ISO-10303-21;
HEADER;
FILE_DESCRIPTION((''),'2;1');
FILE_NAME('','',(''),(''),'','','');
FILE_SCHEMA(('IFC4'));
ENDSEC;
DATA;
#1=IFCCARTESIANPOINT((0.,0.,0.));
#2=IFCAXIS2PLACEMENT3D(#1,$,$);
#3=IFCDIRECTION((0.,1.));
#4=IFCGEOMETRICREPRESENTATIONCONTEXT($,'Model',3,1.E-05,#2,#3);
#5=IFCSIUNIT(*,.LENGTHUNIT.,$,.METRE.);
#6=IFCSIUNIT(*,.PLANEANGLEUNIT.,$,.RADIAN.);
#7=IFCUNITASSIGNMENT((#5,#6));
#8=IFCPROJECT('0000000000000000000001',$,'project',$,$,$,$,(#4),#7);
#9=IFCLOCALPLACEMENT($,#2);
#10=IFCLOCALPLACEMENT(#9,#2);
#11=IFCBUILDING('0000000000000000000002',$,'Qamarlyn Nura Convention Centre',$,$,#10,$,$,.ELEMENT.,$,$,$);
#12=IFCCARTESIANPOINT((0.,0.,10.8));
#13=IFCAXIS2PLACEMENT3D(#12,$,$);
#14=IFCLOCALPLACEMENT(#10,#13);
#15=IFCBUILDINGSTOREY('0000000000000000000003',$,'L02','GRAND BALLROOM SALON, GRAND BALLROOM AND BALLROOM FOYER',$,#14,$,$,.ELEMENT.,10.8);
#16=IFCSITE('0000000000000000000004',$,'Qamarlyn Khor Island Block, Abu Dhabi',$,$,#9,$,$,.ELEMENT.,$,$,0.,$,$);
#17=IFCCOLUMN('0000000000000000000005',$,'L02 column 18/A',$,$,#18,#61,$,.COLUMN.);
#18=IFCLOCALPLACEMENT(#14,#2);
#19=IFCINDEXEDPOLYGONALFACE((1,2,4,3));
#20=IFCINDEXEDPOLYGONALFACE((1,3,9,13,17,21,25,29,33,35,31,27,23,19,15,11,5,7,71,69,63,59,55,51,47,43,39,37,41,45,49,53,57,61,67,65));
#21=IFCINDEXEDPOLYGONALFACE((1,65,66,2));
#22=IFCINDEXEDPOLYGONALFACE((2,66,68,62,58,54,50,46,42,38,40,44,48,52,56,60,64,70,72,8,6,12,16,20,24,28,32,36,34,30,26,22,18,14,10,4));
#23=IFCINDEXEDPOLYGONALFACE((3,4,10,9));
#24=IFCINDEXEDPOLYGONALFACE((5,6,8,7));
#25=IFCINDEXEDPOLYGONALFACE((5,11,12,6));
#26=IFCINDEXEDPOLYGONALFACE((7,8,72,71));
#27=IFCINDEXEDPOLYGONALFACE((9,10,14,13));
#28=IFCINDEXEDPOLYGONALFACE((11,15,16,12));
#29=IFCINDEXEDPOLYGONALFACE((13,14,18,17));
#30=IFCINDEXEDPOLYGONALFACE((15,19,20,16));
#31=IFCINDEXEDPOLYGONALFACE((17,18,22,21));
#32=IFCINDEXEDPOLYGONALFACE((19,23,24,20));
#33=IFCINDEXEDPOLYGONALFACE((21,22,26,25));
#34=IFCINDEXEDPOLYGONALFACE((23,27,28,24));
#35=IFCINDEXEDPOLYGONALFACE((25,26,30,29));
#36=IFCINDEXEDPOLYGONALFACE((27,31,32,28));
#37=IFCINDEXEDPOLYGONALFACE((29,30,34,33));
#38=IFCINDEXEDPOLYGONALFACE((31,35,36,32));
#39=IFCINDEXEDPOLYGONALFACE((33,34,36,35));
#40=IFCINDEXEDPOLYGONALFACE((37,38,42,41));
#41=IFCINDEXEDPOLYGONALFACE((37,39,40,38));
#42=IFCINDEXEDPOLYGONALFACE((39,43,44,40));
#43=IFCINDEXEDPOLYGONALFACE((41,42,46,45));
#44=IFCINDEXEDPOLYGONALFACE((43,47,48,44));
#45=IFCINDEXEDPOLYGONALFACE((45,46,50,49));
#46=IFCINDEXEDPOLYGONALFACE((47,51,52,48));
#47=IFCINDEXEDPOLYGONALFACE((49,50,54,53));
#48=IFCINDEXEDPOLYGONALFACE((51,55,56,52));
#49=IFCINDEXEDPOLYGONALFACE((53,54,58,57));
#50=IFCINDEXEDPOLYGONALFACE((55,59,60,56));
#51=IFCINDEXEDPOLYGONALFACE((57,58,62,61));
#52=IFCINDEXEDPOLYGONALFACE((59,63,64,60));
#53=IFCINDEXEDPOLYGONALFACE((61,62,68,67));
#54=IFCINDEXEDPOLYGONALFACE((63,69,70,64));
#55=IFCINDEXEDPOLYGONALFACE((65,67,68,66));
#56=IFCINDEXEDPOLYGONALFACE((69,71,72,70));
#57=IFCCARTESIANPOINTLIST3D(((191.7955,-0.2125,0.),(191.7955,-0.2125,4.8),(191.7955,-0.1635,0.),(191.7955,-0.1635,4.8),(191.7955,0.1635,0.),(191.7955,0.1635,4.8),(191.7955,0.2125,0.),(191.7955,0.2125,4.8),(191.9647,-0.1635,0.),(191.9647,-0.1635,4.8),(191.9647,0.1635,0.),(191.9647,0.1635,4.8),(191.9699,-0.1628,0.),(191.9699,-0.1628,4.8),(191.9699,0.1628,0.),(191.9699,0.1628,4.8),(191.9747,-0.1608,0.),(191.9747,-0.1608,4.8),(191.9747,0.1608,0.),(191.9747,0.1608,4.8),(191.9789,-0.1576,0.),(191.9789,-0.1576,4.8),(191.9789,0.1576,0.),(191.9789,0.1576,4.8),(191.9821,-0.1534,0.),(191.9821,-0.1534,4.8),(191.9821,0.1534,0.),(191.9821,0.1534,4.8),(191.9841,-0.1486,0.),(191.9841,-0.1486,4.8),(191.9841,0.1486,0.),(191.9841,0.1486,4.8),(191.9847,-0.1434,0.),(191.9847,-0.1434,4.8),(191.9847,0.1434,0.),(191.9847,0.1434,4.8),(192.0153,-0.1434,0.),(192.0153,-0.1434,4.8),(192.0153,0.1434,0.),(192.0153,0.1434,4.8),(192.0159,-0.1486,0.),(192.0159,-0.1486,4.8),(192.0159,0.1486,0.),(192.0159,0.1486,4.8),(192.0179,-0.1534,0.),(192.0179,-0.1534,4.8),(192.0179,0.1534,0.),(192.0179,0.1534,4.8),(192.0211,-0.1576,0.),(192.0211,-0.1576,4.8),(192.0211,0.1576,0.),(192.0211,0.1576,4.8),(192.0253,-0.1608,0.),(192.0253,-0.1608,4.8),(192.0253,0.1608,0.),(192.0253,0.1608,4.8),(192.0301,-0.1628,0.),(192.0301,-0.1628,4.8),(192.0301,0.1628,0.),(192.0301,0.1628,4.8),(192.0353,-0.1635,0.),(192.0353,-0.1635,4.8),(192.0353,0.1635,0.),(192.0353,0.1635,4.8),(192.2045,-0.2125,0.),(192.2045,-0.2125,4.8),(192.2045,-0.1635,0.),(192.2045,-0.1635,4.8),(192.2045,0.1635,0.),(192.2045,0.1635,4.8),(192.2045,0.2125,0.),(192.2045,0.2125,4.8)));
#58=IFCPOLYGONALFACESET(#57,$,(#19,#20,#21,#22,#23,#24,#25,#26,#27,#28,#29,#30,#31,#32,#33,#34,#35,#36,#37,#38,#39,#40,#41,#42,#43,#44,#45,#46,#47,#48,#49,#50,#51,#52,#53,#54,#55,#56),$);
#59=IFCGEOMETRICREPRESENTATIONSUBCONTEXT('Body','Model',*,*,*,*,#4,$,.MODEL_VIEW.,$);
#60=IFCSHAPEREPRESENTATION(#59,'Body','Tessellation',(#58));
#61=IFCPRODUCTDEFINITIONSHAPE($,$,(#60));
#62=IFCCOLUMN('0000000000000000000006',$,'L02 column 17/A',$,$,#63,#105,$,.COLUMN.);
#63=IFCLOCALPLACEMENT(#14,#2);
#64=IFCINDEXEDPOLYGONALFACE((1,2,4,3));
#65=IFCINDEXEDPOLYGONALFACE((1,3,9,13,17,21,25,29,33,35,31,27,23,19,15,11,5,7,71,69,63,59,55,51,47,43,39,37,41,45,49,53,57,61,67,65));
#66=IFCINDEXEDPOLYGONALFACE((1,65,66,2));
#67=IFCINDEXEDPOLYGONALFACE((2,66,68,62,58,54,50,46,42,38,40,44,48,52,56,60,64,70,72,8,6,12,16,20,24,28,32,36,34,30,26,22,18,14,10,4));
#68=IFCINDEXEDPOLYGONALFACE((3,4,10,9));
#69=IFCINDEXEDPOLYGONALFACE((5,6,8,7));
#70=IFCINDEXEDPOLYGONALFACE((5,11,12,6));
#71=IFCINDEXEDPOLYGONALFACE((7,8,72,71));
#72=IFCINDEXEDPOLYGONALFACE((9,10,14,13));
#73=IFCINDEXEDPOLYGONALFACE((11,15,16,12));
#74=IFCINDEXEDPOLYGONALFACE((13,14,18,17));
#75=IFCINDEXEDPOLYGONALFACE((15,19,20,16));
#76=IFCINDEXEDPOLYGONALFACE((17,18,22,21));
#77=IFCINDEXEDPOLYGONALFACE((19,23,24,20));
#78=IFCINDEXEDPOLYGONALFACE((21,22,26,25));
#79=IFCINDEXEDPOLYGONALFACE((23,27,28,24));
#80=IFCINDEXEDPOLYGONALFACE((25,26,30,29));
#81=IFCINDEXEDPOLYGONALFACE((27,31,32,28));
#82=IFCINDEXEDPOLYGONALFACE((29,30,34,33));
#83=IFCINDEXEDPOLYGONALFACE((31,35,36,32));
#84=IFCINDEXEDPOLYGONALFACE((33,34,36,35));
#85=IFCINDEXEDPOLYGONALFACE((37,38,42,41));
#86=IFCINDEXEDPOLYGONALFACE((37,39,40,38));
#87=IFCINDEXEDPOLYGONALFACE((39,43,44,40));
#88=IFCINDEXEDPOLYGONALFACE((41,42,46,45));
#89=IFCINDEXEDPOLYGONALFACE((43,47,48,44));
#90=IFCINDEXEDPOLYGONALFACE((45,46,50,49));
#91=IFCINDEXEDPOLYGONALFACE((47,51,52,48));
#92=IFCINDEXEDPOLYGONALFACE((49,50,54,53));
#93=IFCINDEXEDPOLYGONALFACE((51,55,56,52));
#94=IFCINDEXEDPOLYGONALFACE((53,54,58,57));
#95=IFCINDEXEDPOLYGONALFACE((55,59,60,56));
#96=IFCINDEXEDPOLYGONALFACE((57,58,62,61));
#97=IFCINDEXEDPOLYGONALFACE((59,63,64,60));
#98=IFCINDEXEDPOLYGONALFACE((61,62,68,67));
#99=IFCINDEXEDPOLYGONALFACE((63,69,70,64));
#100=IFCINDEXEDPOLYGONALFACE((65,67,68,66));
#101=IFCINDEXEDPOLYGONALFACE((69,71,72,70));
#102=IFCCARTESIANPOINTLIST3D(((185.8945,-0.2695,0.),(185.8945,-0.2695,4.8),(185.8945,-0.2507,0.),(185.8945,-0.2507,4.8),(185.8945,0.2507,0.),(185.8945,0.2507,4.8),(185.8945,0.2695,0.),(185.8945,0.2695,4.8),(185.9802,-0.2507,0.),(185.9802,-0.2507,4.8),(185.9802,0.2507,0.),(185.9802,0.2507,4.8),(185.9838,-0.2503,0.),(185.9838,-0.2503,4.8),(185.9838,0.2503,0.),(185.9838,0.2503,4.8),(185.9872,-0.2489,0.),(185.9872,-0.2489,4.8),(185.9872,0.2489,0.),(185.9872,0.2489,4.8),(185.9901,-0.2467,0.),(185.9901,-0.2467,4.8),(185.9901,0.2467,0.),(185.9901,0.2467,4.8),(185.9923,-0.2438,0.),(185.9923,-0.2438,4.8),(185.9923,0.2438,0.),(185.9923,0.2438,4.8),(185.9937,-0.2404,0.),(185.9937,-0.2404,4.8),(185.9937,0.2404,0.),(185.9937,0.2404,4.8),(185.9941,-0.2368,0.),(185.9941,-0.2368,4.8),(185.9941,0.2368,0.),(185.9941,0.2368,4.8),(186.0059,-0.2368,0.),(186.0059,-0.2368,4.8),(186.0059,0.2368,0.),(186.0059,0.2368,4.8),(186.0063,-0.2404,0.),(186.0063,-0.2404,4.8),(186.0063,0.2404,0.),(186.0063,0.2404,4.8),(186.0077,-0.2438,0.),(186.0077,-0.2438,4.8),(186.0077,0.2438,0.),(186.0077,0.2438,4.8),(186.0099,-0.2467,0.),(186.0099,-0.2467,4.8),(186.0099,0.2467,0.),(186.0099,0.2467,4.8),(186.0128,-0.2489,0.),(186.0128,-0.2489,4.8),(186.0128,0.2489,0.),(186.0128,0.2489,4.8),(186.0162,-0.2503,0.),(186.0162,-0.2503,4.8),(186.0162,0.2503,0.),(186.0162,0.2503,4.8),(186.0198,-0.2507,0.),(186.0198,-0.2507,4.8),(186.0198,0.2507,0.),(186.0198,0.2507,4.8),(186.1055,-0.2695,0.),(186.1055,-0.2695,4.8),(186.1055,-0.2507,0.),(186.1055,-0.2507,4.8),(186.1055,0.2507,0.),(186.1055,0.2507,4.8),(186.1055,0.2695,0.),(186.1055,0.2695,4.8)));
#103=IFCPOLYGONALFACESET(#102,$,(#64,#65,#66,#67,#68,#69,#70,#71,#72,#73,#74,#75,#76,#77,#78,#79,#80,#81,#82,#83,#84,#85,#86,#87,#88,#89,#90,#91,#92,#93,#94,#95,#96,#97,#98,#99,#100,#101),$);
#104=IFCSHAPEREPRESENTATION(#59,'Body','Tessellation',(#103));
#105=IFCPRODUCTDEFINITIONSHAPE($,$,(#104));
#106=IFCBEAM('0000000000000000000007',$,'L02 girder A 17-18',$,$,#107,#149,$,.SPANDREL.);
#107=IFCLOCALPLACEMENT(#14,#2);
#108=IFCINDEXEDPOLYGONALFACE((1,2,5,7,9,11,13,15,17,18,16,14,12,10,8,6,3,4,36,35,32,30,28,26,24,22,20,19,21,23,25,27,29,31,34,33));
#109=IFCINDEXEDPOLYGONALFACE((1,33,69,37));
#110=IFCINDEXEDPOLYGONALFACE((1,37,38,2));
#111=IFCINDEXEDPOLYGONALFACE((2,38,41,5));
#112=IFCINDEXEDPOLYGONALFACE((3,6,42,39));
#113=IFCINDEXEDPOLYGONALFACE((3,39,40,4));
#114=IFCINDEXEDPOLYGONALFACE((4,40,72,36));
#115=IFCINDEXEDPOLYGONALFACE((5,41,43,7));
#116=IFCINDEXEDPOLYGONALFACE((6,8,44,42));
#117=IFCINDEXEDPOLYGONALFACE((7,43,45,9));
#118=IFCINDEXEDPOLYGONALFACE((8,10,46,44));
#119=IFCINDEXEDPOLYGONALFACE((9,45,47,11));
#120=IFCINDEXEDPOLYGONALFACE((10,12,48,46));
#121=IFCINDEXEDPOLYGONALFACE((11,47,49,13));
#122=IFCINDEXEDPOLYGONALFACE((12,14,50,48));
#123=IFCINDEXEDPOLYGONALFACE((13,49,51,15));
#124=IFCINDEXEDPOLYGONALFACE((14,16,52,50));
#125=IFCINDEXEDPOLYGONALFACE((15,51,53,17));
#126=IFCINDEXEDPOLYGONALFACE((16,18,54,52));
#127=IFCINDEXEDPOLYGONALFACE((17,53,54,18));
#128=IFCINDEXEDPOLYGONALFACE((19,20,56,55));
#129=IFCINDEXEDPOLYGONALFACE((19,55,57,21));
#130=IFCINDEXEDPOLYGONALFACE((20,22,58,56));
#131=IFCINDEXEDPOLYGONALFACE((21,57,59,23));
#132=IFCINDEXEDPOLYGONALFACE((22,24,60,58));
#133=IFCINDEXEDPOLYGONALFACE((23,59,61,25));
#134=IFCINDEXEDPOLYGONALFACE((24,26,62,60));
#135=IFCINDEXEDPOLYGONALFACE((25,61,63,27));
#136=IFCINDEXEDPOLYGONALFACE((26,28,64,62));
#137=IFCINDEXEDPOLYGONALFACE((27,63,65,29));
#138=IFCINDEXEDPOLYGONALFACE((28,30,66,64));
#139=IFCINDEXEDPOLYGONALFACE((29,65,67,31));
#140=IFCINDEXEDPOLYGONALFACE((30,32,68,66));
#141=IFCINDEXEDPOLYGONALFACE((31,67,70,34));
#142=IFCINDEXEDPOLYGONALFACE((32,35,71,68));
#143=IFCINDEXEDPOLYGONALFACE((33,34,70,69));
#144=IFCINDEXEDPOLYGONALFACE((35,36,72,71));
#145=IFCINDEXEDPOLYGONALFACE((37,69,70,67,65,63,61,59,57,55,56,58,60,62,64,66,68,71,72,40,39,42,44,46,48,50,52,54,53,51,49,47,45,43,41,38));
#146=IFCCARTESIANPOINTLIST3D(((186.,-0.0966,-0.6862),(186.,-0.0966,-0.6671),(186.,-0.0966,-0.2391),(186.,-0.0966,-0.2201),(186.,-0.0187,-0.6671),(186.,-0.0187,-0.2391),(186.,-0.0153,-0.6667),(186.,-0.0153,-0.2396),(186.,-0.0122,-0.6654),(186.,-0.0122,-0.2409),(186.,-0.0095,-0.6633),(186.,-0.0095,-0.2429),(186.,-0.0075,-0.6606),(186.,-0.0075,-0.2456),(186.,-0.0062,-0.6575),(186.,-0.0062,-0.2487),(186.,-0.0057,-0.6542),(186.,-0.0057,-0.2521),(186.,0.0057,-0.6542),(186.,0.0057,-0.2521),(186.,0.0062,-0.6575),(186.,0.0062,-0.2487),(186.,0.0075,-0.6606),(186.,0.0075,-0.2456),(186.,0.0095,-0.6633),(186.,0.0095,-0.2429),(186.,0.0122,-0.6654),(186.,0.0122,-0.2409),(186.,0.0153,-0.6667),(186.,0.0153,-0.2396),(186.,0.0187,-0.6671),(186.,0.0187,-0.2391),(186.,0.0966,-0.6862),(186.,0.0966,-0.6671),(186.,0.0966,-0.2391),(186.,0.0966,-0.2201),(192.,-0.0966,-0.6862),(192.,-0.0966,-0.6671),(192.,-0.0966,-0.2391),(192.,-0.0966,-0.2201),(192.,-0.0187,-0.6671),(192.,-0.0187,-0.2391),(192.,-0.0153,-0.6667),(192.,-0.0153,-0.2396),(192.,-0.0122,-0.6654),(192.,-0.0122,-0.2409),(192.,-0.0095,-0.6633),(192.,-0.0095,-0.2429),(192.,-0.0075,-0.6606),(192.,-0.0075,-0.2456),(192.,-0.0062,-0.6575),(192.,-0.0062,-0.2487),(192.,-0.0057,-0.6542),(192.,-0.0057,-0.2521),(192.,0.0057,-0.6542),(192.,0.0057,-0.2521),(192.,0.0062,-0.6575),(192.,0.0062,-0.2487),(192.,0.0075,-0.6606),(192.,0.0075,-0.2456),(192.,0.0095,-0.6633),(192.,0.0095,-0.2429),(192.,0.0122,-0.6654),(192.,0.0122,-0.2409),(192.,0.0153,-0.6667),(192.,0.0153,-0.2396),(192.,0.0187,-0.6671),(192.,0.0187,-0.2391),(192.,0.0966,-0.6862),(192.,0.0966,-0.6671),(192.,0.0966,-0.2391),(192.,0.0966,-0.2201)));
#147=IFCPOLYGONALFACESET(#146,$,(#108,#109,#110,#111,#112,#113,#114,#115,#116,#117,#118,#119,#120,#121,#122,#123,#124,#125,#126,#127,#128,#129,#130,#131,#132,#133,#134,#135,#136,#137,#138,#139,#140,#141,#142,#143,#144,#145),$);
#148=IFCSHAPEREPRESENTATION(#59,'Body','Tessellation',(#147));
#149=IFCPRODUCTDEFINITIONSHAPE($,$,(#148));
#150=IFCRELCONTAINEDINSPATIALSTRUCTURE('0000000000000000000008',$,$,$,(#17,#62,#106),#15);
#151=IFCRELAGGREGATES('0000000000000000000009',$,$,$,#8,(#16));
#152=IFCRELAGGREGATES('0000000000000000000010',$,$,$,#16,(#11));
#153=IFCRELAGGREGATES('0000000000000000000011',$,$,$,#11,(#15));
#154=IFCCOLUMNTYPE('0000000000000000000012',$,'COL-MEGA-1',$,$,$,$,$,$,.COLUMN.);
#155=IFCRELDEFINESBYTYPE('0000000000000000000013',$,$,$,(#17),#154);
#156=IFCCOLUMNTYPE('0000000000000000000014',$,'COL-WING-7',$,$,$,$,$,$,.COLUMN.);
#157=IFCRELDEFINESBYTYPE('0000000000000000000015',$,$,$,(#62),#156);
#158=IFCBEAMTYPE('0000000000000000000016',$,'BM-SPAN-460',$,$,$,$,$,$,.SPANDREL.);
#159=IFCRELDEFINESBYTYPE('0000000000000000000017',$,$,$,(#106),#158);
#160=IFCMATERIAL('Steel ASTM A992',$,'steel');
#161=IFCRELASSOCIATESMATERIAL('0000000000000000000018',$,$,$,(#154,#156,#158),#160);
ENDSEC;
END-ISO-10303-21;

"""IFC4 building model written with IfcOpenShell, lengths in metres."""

from ifc_helpers import new_model, si_unit, direction, frame, origin, origin_2d, place, context, subcontext, project, spatial, i_section, extrude, material, material_profile, profile_set, type_object, element, save


model = new_model("IFC4")

# Units and contexts
model_context = context("Model", 3, precision=1e-05, world=origin(), true_north=direction((0.0, 1.0)))
body_context = subcontext(model_context, "Body", "Model", "MODEL_VIEW")
ifc_project = project(units=[si_unit("LENGTHUNIT", "METRE"), si_unit("PLANEANGLEUNIT", "RADIAN")], contexts=[model_context])

# Site, building, storey
site_placement = place(None, origin())
site = spatial("IfcSite", under=ifc_project, at=site_placement, Name="Qamarlyn Khor Island Block, Abu Dhabi", CompositionType="ELEMENT", RefElevation=0.0)
building_placement = place(site_placement, origin())
building = spatial("IfcBuilding", under=site, at=building_placement, Name="Qamarlyn Nura Convention Centre", CompositionType="ELEMENT")
storey_placement = place(building_placement, frame((0.0, 0.0, 10.8)))
storey = spatial("IfcBuildingStorey", under=building, at=storey_placement, Name="L02", Description="GRAND BALLROOM SALON, GRAND BALLROOM AND BALLROOM FOYER", CompositionType="ELEMENT", Elevation=10.8)

# Columns
ifc_material_1 = material(Name="Steel ASTM A992", Category="steel")
ifc_material_profile_1 = material_profile(ifc_material_1, i_section(OverallWidth=0.4089, OverallDepth=0.425, WebThickness=0.0305, FlangeThickness=0.0491, FilletRadius=0.02, at=origin_2d()), Name="W360X421")
ifc_profile_set_1 = profile_set([ifc_material_profile_1], Name="Steel ASTM A992")
column_type_1 = type_object("IfcColumnType", Name="COL-MEGA-1", PredefinedType="COLUMN", material=ifc_profile_set_1)
column_1_placement = place(storey_placement, frame((192.0, 0.0, 0.0), z_axis=(0.0, 0.0, 1.0), x_axis=(1.0, 0.0, 0.0)))
element("IfcColumn", 1, at=column_1_placement, inside=storey, type_object=column_type_1, Name="L02 column 18/A", PredefinedType="COLUMN", context=body_context, shape_type="SweptSolid", body=[
    extrude(i_section(OverallWidth=0.4089, OverallDepth=0.425, WebThickness=0.0305, FlangeThickness=0.0491, FilletRadius=0.02, at=origin_2d()), origin(), (0.0, 0.0, 1.0), 4.8),
])
ifc_material_profile_2 = material_profile(ifc_material_1, i_section(OverallWidth=0.2109, OverallDepth=0.5391, WebThickness=0.0117, FlangeThickness=0.0188, FilletRadius=0.0139, at=origin_2d()), Name="W530X109")
ifc_profile_set_2 = profile_set([ifc_material_profile_2], Name="Steel ASTM A992")
column_type_2 = type_object("IfcColumnType", Name="COL-WING-7", PredefinedType="COLUMN", material=ifc_profile_set_2)
column_2_placement = place(storey_placement, frame((186.0, 0.0, 0.0), z_axis=(0.0, 0.0, 1.0), x_axis=(1.0, 0.0, 0.0)))
element("IfcColumn", 2, at=column_2_placement, inside=storey, type_object=column_type_2, Name="L02 column 17/A", PredefinedType="COLUMN", context=body_context, shape_type="SweptSolid", body=[
    extrude(i_section(OverallWidth=0.2109, OverallDepth=0.5391, WebThickness=0.0117, FlangeThickness=0.0188, FilletRadius=0.0139, at=origin_2d()), origin(), (0.0, 0.0, 1.0), 4.8),
])

# Beam
ifc_material_profile_3 = material_profile(ifc_material_1, i_section(OverallWidth=0.1931, OverallDepth=0.4661, WebThickness=0.0115, FlangeThickness=0.019, FilletRadius=0.0129, at=origin_2d()), Name="W460X97")
ifc_profile_set_3 = profile_set([ifc_material_profile_3], Name="Steel ASTM A992")
beam_type_1 = type_object("IfcBeamType", Name="BM-SPAN-460", PredefinedType="SPANDREL", material=ifc_profile_set_3)
beam_1_placement = place(storey_placement, frame((186.0, 0.0, -0.4531), z_axis=(1.0, 0.0, 0.0), x_axis=(0.0, 1.0, 0.0)))
element("IfcBeam", 3, at=beam_1_placement, inside=storey, type_object=beam_type_1, Name="L02 girder A 17-18", PredefinedType="SPANDREL", context=body_context, shape_type="SweptSolid", body=[
    extrude(i_section(OverallWidth=0.1931, OverallDepth=0.4661, WebThickness=0.0115, FlangeThickness=0.019, FilletRadius=0.0129, at=origin_2d()), origin(), (0.0, 0.0, 1.0), 6.0),
])

save(model, "model.ifc")
